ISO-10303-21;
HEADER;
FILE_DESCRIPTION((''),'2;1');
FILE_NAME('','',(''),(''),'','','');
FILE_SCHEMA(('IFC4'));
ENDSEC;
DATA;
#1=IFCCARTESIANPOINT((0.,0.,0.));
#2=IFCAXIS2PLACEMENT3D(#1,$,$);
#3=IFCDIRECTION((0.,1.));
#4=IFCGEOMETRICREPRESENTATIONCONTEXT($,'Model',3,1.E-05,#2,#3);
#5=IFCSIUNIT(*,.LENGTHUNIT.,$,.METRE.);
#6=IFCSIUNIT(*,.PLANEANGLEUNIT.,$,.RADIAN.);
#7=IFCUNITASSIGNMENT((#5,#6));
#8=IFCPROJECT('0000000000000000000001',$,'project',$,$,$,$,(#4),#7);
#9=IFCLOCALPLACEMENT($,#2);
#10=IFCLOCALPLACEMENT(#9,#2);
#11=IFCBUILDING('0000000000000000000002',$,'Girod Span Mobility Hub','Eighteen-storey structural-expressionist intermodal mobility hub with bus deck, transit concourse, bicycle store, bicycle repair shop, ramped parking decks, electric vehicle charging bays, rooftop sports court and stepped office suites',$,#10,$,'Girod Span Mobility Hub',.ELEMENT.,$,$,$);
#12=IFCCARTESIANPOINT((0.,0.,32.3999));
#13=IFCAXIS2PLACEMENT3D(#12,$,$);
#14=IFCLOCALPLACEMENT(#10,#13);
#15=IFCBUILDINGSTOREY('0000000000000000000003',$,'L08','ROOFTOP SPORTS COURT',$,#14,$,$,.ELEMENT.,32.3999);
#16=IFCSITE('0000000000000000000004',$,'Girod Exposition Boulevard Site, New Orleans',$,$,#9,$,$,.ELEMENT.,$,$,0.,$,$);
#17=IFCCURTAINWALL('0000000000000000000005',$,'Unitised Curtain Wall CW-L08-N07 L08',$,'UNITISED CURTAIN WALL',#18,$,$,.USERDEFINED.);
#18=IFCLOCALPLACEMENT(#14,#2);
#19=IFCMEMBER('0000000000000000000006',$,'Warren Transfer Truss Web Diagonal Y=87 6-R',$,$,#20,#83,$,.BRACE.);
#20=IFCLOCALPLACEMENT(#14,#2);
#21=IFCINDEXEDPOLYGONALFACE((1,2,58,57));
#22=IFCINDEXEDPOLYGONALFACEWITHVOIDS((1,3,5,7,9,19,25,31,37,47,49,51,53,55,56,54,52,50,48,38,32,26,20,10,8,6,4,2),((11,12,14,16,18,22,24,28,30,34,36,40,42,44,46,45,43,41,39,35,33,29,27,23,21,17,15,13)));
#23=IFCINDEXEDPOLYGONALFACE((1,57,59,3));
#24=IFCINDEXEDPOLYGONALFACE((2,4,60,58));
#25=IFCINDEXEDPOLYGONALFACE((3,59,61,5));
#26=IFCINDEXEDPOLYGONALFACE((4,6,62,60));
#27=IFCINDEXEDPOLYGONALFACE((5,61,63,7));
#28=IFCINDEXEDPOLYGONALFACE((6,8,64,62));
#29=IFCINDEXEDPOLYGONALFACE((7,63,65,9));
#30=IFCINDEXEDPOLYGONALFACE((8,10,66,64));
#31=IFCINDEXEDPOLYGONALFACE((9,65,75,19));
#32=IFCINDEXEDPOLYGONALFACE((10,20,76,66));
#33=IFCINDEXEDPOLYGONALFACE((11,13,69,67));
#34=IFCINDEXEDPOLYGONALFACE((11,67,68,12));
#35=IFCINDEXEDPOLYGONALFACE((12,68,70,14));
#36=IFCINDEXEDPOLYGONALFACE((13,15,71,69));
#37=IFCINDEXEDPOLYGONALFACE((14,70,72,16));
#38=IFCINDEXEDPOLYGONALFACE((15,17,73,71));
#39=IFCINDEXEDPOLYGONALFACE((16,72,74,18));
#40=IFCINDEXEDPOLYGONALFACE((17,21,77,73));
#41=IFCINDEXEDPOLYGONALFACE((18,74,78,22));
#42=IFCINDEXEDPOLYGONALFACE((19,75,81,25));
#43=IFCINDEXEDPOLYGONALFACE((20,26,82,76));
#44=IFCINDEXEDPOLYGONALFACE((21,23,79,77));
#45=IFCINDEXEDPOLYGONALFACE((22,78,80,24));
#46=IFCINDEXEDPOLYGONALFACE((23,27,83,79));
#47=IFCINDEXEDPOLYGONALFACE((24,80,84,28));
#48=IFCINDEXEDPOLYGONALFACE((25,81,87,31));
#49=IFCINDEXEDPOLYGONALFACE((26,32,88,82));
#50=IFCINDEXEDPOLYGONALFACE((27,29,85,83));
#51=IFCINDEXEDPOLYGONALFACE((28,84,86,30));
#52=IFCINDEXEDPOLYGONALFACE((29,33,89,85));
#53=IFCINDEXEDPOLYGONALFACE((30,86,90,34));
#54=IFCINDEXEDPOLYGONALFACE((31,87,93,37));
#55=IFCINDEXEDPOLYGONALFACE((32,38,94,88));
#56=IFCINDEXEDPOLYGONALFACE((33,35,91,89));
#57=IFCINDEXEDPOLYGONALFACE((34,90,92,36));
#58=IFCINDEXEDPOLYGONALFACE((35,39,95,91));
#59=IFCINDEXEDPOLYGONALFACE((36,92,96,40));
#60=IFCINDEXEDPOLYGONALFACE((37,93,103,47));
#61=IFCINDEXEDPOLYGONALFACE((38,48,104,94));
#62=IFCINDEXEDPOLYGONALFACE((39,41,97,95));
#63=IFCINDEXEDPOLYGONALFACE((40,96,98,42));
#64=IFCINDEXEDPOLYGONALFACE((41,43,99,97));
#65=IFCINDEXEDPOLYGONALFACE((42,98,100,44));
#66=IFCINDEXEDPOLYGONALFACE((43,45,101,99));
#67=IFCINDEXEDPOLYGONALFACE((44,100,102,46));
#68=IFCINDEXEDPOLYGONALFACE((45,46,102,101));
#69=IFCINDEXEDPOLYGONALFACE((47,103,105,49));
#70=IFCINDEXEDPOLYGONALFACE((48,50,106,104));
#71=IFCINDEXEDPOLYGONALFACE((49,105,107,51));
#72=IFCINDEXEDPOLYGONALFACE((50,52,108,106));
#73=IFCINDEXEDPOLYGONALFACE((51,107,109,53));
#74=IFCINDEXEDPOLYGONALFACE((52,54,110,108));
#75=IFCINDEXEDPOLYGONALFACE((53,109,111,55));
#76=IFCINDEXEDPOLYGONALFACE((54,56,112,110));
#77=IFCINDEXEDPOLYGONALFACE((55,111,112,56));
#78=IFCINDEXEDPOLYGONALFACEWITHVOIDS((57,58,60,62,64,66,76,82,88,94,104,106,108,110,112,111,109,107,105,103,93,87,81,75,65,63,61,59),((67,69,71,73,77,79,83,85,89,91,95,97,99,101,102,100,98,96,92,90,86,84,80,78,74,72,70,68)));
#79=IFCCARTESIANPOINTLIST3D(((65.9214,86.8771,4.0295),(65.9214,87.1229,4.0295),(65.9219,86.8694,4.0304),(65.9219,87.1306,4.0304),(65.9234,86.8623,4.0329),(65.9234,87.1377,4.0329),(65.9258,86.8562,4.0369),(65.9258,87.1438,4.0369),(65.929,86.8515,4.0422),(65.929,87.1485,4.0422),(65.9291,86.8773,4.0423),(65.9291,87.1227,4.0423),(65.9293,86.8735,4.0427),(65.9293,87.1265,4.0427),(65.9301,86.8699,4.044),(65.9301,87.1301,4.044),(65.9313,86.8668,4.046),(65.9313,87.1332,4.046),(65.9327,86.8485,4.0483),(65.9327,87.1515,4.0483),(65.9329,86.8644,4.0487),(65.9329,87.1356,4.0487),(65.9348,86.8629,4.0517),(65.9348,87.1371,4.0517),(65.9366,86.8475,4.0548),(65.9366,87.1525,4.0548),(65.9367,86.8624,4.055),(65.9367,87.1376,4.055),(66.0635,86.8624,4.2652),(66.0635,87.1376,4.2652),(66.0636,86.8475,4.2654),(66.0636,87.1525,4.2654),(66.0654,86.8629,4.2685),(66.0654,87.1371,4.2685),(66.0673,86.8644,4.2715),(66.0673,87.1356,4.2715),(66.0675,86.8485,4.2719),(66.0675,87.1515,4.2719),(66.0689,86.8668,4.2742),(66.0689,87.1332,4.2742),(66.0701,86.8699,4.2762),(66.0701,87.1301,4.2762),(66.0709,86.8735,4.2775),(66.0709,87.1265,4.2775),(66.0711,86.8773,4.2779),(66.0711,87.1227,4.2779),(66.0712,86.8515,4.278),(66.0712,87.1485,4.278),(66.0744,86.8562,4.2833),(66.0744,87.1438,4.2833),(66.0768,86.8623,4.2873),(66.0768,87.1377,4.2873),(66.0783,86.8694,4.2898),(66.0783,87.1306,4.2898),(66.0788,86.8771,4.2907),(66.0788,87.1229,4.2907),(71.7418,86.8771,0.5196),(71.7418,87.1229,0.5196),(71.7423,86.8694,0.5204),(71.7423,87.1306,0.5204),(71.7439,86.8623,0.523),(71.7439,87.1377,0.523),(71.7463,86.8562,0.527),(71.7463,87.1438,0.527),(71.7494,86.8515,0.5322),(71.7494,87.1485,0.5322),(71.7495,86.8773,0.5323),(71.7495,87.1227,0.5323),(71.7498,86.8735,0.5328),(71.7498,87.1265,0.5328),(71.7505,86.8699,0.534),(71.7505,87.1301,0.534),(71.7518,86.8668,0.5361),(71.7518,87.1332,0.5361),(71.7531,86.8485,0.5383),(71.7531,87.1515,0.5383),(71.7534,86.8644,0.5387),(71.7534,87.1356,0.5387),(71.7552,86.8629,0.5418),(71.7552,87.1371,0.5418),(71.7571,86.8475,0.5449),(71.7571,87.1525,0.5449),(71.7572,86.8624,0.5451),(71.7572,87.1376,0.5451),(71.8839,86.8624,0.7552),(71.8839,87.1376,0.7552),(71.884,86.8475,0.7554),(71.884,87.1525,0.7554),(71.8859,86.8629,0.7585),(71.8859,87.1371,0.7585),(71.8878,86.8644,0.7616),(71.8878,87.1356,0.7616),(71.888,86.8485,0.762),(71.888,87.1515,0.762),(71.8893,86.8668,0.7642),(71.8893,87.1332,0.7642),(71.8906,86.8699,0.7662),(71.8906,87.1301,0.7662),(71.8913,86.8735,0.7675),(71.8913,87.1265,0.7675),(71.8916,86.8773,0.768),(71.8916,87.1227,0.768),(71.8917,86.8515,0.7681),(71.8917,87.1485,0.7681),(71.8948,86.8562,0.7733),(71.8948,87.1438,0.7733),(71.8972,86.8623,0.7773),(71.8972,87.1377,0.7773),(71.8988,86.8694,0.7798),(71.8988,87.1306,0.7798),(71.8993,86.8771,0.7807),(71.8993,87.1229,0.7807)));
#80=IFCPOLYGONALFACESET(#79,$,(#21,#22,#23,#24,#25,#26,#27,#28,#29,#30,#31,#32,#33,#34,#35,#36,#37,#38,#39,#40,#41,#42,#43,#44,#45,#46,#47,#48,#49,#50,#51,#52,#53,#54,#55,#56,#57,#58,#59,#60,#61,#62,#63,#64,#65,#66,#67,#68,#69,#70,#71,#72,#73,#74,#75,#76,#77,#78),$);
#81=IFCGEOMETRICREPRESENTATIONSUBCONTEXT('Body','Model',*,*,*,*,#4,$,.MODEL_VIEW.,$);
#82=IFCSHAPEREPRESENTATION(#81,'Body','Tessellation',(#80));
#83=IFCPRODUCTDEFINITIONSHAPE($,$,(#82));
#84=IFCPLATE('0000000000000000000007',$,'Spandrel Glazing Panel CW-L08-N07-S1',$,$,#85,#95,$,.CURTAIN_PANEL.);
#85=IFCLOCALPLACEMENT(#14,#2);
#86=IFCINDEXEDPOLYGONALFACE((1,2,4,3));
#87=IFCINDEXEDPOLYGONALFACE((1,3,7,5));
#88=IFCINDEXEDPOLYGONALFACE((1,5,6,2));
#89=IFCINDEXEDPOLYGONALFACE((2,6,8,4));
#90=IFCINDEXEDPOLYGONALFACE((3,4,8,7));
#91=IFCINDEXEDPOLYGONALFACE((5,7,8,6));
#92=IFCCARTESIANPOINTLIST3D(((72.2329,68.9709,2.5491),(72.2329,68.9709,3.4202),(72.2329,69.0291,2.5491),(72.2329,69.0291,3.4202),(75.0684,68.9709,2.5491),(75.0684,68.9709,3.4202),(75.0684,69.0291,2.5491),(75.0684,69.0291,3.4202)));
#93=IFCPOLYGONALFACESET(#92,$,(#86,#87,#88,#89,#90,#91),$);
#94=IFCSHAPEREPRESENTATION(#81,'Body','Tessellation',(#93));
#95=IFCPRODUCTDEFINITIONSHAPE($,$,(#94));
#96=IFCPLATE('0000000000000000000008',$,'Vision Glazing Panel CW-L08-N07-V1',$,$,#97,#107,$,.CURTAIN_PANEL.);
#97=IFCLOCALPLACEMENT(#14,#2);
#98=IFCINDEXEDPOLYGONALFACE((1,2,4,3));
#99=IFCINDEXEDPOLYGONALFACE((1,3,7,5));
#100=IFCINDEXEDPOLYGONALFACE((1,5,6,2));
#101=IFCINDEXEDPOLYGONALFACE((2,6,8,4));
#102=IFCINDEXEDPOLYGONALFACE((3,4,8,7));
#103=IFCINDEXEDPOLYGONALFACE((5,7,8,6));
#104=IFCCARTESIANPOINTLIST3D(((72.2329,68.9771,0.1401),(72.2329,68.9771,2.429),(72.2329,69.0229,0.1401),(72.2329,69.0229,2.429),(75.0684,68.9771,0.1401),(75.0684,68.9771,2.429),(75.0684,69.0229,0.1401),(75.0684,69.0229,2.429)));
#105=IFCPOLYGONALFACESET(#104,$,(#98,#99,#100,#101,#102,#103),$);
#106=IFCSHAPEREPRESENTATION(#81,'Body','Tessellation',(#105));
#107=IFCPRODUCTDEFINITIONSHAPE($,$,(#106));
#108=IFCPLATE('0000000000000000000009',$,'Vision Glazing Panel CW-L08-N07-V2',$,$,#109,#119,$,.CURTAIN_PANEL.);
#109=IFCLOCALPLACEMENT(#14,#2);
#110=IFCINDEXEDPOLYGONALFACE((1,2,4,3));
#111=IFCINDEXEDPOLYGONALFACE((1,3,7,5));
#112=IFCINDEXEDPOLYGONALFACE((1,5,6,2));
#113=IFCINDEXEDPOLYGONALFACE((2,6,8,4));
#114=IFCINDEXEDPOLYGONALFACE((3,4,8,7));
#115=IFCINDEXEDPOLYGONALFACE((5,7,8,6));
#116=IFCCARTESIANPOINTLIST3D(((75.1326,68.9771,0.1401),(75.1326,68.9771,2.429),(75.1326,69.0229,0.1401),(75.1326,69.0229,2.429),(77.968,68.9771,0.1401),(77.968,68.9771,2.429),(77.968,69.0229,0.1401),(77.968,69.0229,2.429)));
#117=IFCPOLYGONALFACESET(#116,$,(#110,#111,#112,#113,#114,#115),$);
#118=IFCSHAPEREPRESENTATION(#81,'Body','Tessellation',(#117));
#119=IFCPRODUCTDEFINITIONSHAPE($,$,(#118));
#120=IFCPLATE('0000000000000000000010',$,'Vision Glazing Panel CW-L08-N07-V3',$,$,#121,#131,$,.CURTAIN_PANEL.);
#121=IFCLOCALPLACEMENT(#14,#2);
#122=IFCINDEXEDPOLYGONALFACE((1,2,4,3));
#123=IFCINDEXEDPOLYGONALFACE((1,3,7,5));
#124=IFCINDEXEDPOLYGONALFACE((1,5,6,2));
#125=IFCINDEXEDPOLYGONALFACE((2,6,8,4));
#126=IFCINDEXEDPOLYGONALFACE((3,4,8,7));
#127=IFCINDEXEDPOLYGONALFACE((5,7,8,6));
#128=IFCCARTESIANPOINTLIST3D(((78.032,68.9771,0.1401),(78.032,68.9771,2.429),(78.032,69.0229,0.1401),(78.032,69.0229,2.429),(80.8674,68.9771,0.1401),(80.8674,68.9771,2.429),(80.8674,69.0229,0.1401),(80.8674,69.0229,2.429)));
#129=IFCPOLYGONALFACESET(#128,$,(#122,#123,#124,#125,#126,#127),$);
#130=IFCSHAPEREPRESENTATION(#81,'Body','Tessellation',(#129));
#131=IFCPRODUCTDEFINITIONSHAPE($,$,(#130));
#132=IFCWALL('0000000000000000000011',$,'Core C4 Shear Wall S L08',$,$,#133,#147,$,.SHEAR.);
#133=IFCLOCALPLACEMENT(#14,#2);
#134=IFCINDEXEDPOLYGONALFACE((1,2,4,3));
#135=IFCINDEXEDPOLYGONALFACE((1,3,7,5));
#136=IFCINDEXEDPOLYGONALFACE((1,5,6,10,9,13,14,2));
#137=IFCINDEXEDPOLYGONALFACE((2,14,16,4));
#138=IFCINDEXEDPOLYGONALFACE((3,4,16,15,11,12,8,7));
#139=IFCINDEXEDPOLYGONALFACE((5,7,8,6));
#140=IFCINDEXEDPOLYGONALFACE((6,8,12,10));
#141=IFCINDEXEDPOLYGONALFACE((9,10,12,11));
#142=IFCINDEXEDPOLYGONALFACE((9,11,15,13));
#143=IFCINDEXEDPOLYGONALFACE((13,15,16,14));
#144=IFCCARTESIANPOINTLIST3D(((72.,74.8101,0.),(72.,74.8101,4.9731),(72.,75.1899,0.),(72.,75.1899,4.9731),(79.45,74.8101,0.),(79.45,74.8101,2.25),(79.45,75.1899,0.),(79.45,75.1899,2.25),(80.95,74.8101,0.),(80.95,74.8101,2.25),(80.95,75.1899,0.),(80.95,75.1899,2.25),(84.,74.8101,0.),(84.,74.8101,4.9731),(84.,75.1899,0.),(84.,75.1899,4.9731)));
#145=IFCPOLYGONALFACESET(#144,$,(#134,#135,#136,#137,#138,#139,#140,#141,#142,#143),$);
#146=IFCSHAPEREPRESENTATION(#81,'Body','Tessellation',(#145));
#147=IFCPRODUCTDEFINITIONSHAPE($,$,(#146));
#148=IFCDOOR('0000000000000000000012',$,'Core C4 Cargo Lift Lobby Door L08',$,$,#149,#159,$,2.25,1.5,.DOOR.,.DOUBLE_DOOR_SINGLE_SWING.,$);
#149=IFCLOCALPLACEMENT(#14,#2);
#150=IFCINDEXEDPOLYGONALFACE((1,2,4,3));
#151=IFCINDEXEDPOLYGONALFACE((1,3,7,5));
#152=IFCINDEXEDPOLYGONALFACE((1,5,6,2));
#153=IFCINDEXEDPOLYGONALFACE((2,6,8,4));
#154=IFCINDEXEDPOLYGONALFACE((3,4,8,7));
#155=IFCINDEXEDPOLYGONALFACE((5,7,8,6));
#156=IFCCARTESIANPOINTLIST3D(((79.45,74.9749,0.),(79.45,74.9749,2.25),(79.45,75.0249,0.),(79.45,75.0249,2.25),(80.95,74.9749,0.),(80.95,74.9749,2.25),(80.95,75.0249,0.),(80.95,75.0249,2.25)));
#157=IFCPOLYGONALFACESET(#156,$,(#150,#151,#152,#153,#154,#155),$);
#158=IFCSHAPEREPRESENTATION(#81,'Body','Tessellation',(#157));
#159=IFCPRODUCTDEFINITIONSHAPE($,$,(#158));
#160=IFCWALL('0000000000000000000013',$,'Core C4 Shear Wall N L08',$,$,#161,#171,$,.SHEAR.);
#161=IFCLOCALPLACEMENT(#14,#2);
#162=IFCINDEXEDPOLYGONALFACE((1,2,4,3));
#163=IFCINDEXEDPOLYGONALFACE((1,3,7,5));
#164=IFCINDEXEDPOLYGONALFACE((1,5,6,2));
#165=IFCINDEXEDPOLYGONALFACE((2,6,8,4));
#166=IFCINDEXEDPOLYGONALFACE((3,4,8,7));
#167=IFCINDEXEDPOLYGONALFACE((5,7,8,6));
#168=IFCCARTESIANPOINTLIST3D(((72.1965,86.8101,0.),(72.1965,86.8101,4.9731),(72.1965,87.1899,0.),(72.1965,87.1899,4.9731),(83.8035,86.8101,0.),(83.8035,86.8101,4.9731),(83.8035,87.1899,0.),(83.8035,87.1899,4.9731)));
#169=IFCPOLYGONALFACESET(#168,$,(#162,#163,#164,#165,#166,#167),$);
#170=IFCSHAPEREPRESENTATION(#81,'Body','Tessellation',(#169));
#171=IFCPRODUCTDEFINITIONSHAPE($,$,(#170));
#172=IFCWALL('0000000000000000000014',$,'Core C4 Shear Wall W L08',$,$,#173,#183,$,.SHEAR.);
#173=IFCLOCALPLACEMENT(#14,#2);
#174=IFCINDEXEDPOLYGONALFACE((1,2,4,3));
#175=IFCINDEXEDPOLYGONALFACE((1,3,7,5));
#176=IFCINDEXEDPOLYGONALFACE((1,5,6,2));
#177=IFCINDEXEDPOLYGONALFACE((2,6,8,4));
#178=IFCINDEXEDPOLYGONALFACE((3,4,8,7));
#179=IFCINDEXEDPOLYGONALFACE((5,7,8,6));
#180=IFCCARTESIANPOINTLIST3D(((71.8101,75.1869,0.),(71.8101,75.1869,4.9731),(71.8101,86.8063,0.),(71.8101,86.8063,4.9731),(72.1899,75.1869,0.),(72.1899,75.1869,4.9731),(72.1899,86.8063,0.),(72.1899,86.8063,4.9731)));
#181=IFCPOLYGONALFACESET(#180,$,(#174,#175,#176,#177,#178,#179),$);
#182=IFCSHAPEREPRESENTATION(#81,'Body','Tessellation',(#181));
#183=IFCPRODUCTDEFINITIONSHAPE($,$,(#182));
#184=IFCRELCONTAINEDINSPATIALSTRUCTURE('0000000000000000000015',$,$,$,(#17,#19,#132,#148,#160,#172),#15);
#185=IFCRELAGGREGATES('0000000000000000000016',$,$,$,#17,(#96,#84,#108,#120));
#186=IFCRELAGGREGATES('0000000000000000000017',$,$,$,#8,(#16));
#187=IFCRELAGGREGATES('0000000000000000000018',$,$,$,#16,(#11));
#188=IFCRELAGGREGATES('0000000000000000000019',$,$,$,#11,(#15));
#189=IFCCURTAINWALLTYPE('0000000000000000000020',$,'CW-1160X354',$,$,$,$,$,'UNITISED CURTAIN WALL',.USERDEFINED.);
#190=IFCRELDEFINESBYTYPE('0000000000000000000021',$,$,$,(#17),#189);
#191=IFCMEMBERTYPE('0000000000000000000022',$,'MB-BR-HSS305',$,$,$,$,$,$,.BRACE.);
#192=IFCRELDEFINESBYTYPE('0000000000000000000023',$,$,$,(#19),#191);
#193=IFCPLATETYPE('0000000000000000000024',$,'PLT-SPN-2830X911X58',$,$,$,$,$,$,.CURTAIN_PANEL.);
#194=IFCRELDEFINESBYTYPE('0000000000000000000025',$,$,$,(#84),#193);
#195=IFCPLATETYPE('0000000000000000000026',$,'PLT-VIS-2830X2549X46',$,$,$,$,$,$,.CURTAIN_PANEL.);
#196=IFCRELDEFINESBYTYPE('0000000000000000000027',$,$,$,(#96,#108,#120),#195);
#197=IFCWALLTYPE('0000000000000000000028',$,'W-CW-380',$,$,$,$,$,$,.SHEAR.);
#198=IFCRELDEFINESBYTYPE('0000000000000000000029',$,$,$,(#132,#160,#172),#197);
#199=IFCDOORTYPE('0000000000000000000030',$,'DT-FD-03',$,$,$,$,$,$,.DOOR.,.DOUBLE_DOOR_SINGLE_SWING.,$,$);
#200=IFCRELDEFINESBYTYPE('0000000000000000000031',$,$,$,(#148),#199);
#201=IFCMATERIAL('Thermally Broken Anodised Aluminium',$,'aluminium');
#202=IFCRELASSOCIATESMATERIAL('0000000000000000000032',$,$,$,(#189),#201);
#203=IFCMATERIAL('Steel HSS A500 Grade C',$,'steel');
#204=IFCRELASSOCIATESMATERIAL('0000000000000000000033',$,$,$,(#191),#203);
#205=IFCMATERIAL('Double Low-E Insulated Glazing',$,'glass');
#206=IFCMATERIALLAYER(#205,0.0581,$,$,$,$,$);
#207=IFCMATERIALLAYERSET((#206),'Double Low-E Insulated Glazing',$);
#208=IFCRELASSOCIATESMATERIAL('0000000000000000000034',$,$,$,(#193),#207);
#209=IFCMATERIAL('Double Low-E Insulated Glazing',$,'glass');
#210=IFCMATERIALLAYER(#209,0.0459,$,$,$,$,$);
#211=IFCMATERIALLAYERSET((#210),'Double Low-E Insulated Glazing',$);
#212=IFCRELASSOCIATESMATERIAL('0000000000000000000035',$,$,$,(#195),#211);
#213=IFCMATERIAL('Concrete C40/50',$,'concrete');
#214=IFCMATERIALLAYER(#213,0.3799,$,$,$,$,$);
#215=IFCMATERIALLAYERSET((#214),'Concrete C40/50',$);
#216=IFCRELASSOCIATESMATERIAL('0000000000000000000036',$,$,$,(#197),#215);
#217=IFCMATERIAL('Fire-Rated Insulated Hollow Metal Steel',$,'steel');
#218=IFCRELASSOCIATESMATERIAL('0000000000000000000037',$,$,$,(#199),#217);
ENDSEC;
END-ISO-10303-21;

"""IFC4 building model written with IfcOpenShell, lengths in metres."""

from ifc_helpers import new_model, si_unit, direction, frame, frame_2d, origin, origin_2d, place, context, subcontext, project, spatial, rectangle, hollow_rectangle, extrude, material, layer, layer_set, material_profile, profile_set, type_object, element, fill, aggregate, save


model = new_model("IFC4")

# Units and contexts
model_context = context("Model", 3, precision=1e-05, world=origin(), true_north=direction((0.0, 1.0)))
body_context = subcontext(model_context, "Body", "Model", "MODEL_VIEW")
ifc_project = project(units=[si_unit("LENGTHUNIT", "METRE"), si_unit("PLANEANGLEUNIT", "RADIAN")], contexts=[model_context])

# Site, building, storey
site_placement = place(None, origin())
site = spatial("IfcSite", under=ifc_project, at=site_placement, Name="Girod Exposition Boulevard Site, New Orleans", CompositionType="ELEMENT", RefElevation=0.0)
building_placement = place(site_placement, origin())
building = spatial("IfcBuilding", under=site, at=building_placement, Name="Girod Span Mobility Hub", Description="Eighteen-storey structural-expressionist intermodal mobility hub with bus deck, transit concourse, bicycle store, bicycle repair shop, ramped parking decks, electric vehicle charging bays, rooftop sports court and stepped office suites", LongName="Girod Span Mobility Hub", CompositionType="ELEMENT")
storey_placement = place(building_placement, frame((0.0, 0.0, 32.3999)))
storey = spatial("IfcBuildingStorey", under=building, at=storey_placement, Name="L08", Description="ROOFTOP SPORTS COURT", CompositionType="ELEMENT", Elevation=32.3999)

# Curtain wall
ifc_material_1 = material(Name="Thermally Broken Anodised Aluminium", Category="aluminium")
curtain_wall_type = type_object("IfcCurtainWallType", Name="CW-1160X354", ElementType="UNITISED CURTAIN WALL", PredefinedType="USERDEFINED", material=ifc_material_1)
curtain_wall_placement = place(storey_placement, origin())
curtain_wall = element("IfcCurtainWall", 1, at=curtain_wall_placement, inside=storey, type_object=curtain_wall_type, Name="Unitised Curtain Wall CW-L08-N07 L08", ObjectType="UNITISED CURTAIN WALL", PredefinedType="USERDEFINED")

# Member
ifc_material_2 = material(Name="Steel HSS A500 Grade C", Category="steel")
ifc_material_profile_1 = material_profile(ifc_material_2, hollow_rectangle(XDim=0.3049, YDim=0.3049, WallThickness=0.0149, InnerFilletRadius=0.0149, OuterFilletRadius=0.0295, at=origin_2d()), Name="HSS305X305X16")
ifc_profile_set_1 = profile_set([ifc_material_profile_1], Name="Steel HSS A500 Grade C")
member_type_1 = type_object("IfcMemberType", Name="MB-BR-HSS305", PredefinedType="BRACE", material=ifc_profile_set_1)
member_1_placement = place(storey_placement, frame((71.8206, 87.0, 0.6501), z_axis=(-0.856344, 0.0, 0.516407), x_axis=(0.0, -1.0, 0.0)))
element("IfcMember", 2, at=member_1_placement, inside=storey, type_object=member_type_1, Name="Warren Transfer Truss Web Diagonal Y=87 6-R", PredefinedType="BRACE", context=body_context, shape_type="SweptSolid", body=[
    extrude(hollow_rectangle(XDim=0.3049, YDim=0.3049, WallThickness=0.0149, InnerFilletRadius=0.0149, OuterFilletRadius=0.0295, at=origin_2d()), origin(), (0.0, 0.0, 1.0), 6.7969),
])

# Plates
ifc_material_3 = material(Name="Double Low-E Insulated Glazing", Category="glass")
ifc_layer_1 = layer(ifc_material_3, 0.0581)
ifc_layer_set_1 = layer_set([ifc_layer_1], Name="Double Low-E Insulated Glazing")
plate_type_1 = type_object("IfcPlateType", Name="PLT-SPN-2830X911X58", PredefinedType="CURTAIN_PANEL", material=ifc_layer_set_1)
plate_1_placement = place(storey_placement, frame((73.6506, 69.0, 2.5491), z_axis=(0.0, 0.0, 1.0), x_axis=(1.0, 0.0, 0.0)))
plate_1 = element("IfcPlate", 3, at=plate_1_placement, type_object=plate_type_1, Name="Spandrel Glazing Panel CW-L08-N07-S1", PredefinedType="CURTAIN_PANEL", context=body_context, shape_type="SweptSolid", body=[
    extrude(rectangle(XDim=2.8354, YDim=0.0581, at=origin_2d()), origin(), (0.0, 0.0, 1.0), 0.8711),
])
ifc_material_4 = material(Name="Double Low-E Insulated Glazing", Category="glass")
ifc_layer_2 = layer(ifc_material_4, 0.0459)
ifc_layer_set_2 = layer_set([ifc_layer_2], Name="Double Low-E Insulated Glazing")
plate_type_2 = type_object("IfcPlateType", Name="PLT-VIS-2830X2549X46", PredefinedType="CURTAIN_PANEL", material=ifc_layer_set_2)
plate_2_placement = place(storey_placement, frame((73.6506, 69.0, 0.1401), z_axis=(0.0, 0.0, 1.0), x_axis=(1.0, 0.0, 0.0)))
plate_2 = element("IfcPlate", 4, at=plate_2_placement, type_object=plate_type_2, Name="Vision Glazing Panel CW-L08-N07-V1", PredefinedType="CURTAIN_PANEL", context=body_context, shape_type="SweptSolid", body=[
    extrude(rectangle(XDim=2.8354, YDim=0.0459, at=origin_2d()), origin(), (0.0, 0.0, 1.0), 2.2888),
])
plate_3_placement = place(storey_placement, frame((76.5503, 69.0, 0.1401), z_axis=(0.0, 0.0, 1.0), x_axis=(1.0, 0.0, 0.0)))
plate_3 = element("IfcPlate", 5, at=plate_3_placement, type_object=plate_type_2, Name="Vision Glazing Panel CW-L08-N07-V2", PredefinedType="CURTAIN_PANEL", context=body_context, shape_type="SweptSolid", body=[
    extrude(rectangle(XDim=2.8354, YDim=0.0459, at=origin_2d()), origin(), (0.0, 0.0, 1.0), 2.2888),
])
plate_4_placement = place(storey_placement, frame((79.4497, 69.0, 0.1401), z_axis=(0.0, 0.0, 1.0), x_axis=(1.0, 0.0, 0.0)))
plate_4 = element("IfcPlate", 6, at=plate_4_placement, type_object=plate_type_2, Name="Vision Glazing Panel CW-L08-N07-V3", PredefinedType="CURTAIN_PANEL", context=body_context, shape_type="SweptSolid", body=[
    extrude(rectangle(XDim=2.8354, YDim=0.0459, at=origin_2d()), origin(), (0.0, 0.0, 1.0), 2.2888),
])
aggregate(curtain_wall, [plate_2, plate_1, plate_3, plate_4])

# Wall, opening, door
ifc_material_5 = material(Name="Concrete C40/50", Category="concrete")
ifc_layer_3 = layer(ifc_material_5, 0.3799)
ifc_layer_set_3 = layer_set([ifc_layer_3], Name="Concrete C40/50")
wall_type_1 = type_object("IfcWallType", Name="W-CW-380", PredefinedType="SHEAR", material=ifc_layer_set_3)
wall_1_placement = place(storey_placement, frame((72.0, 75.0, 0.0), z_axis=(0.0, 0.0, 1.0), x_axis=(1.0, 0.0, 0.0)))
wall_1 = element("IfcWall", 7, at=wall_1_placement, inside=storey, type_object=wall_type_1, Name="Core C4 Shear Wall S L08", PredefinedType="SHEAR", context=body_context, shape_type="SweptSolid", body=[
    extrude(rectangle(XDim=12.0, YDim=0.3799, at=frame_2d((6.0, 0.0))), origin(), (0.0, 0.0, 1.0), 4.9731),
])
opening_1_placement = place(wall_1_placement, frame((7.45, 0.0, 0.0)))
opening_1 = element("IfcOpeningElement", 8, at=opening_1_placement, cuts=wall_1, PredefinedType="OPENING", context=body_context, shape_type="SweptSolid", body=[
    extrude(rectangle(XDim=1.5, YDim=2.25, at=frame_2d((0.75, 1.125))), frame((0.0, 0.2048, 0.0), z_axis=(0.0, -1.0, 0.0), x_axis=(1.0, 0.0, 0.0)), (0.0, 0.0, 1.0), 0.4099),
])
ifc_material_6 = material(Name="Fire-Rated Insulated Hollow Metal Steel", Category="steel")
door_type_1 = type_object("IfcDoorType", Name="DT-FD-03", OperationType="DOUBLE_DOOR_SINGLE_SWING", PredefinedType="DOOR", material=ifc_material_6)
door_1_placement = place(opening_1_placement, origin())
door_1 = element("IfcDoor", 9, at=door_1_placement, inside=storey, type_object=door_type_1, Name="Core C4 Cargo Lift Lobby Door L08", OperationType="DOUBLE_DOOR_SINGLE_SWING", OverallHeight=2.25, OverallWidth=1.5, PredefinedType="DOOR", context=body_context, shape_type="SweptSolid", body=[
    extrude(rectangle(XDim=1.5, YDim=2.25, at=frame_2d((0.75, 1.125))), frame((0.0, 0.0249, 0.0), z_axis=(0.0, -1.0, 0.0), x_axis=(1.0, 0.0, 0.0)), (0.0, 0.0, 1.0), 0.05),
])
fill(opening_1, door_1)

# Walls
wall_2_placement = place(storey_placement, frame((72.1965, 87.0, 0.0), z_axis=(0.0, 0.0, 1.0), x_axis=(1.0, 0.0, 0.0)))
element("IfcWall", 10, at=wall_2_placement, inside=storey, type_object=wall_type_1, Name="Core C4 Shear Wall N L08", PredefinedType="SHEAR", context=body_context, shape_type="SweptSolid", body=[
    extrude(rectangle(XDim=11.6069, YDim=0.3799, at=frame_2d((5.8035, 0.0))), origin(), (0.0, 0.0, 1.0), 4.9731),
])
wall_3_placement = place(storey_placement, frame((72.0, 75.187, 0.0), z_axis=(0.0, 0.0, 1.0), x_axis=(0.0, 1.0, 0.0)))
element("IfcWall", 11, at=wall_3_placement, inside=storey, type_object=wall_type_1, Name="Core C4 Shear Wall W L08", PredefinedType="SHEAR", context=body_context, shape_type="SweptSolid", body=[
    extrude(rectangle(XDim=11.6194, YDim=0.3799, at=frame_2d((5.8096, 0.0))), origin(), (0.0, 0.0, 1.0), 4.9731),
])

save(model, "model.ifc")
